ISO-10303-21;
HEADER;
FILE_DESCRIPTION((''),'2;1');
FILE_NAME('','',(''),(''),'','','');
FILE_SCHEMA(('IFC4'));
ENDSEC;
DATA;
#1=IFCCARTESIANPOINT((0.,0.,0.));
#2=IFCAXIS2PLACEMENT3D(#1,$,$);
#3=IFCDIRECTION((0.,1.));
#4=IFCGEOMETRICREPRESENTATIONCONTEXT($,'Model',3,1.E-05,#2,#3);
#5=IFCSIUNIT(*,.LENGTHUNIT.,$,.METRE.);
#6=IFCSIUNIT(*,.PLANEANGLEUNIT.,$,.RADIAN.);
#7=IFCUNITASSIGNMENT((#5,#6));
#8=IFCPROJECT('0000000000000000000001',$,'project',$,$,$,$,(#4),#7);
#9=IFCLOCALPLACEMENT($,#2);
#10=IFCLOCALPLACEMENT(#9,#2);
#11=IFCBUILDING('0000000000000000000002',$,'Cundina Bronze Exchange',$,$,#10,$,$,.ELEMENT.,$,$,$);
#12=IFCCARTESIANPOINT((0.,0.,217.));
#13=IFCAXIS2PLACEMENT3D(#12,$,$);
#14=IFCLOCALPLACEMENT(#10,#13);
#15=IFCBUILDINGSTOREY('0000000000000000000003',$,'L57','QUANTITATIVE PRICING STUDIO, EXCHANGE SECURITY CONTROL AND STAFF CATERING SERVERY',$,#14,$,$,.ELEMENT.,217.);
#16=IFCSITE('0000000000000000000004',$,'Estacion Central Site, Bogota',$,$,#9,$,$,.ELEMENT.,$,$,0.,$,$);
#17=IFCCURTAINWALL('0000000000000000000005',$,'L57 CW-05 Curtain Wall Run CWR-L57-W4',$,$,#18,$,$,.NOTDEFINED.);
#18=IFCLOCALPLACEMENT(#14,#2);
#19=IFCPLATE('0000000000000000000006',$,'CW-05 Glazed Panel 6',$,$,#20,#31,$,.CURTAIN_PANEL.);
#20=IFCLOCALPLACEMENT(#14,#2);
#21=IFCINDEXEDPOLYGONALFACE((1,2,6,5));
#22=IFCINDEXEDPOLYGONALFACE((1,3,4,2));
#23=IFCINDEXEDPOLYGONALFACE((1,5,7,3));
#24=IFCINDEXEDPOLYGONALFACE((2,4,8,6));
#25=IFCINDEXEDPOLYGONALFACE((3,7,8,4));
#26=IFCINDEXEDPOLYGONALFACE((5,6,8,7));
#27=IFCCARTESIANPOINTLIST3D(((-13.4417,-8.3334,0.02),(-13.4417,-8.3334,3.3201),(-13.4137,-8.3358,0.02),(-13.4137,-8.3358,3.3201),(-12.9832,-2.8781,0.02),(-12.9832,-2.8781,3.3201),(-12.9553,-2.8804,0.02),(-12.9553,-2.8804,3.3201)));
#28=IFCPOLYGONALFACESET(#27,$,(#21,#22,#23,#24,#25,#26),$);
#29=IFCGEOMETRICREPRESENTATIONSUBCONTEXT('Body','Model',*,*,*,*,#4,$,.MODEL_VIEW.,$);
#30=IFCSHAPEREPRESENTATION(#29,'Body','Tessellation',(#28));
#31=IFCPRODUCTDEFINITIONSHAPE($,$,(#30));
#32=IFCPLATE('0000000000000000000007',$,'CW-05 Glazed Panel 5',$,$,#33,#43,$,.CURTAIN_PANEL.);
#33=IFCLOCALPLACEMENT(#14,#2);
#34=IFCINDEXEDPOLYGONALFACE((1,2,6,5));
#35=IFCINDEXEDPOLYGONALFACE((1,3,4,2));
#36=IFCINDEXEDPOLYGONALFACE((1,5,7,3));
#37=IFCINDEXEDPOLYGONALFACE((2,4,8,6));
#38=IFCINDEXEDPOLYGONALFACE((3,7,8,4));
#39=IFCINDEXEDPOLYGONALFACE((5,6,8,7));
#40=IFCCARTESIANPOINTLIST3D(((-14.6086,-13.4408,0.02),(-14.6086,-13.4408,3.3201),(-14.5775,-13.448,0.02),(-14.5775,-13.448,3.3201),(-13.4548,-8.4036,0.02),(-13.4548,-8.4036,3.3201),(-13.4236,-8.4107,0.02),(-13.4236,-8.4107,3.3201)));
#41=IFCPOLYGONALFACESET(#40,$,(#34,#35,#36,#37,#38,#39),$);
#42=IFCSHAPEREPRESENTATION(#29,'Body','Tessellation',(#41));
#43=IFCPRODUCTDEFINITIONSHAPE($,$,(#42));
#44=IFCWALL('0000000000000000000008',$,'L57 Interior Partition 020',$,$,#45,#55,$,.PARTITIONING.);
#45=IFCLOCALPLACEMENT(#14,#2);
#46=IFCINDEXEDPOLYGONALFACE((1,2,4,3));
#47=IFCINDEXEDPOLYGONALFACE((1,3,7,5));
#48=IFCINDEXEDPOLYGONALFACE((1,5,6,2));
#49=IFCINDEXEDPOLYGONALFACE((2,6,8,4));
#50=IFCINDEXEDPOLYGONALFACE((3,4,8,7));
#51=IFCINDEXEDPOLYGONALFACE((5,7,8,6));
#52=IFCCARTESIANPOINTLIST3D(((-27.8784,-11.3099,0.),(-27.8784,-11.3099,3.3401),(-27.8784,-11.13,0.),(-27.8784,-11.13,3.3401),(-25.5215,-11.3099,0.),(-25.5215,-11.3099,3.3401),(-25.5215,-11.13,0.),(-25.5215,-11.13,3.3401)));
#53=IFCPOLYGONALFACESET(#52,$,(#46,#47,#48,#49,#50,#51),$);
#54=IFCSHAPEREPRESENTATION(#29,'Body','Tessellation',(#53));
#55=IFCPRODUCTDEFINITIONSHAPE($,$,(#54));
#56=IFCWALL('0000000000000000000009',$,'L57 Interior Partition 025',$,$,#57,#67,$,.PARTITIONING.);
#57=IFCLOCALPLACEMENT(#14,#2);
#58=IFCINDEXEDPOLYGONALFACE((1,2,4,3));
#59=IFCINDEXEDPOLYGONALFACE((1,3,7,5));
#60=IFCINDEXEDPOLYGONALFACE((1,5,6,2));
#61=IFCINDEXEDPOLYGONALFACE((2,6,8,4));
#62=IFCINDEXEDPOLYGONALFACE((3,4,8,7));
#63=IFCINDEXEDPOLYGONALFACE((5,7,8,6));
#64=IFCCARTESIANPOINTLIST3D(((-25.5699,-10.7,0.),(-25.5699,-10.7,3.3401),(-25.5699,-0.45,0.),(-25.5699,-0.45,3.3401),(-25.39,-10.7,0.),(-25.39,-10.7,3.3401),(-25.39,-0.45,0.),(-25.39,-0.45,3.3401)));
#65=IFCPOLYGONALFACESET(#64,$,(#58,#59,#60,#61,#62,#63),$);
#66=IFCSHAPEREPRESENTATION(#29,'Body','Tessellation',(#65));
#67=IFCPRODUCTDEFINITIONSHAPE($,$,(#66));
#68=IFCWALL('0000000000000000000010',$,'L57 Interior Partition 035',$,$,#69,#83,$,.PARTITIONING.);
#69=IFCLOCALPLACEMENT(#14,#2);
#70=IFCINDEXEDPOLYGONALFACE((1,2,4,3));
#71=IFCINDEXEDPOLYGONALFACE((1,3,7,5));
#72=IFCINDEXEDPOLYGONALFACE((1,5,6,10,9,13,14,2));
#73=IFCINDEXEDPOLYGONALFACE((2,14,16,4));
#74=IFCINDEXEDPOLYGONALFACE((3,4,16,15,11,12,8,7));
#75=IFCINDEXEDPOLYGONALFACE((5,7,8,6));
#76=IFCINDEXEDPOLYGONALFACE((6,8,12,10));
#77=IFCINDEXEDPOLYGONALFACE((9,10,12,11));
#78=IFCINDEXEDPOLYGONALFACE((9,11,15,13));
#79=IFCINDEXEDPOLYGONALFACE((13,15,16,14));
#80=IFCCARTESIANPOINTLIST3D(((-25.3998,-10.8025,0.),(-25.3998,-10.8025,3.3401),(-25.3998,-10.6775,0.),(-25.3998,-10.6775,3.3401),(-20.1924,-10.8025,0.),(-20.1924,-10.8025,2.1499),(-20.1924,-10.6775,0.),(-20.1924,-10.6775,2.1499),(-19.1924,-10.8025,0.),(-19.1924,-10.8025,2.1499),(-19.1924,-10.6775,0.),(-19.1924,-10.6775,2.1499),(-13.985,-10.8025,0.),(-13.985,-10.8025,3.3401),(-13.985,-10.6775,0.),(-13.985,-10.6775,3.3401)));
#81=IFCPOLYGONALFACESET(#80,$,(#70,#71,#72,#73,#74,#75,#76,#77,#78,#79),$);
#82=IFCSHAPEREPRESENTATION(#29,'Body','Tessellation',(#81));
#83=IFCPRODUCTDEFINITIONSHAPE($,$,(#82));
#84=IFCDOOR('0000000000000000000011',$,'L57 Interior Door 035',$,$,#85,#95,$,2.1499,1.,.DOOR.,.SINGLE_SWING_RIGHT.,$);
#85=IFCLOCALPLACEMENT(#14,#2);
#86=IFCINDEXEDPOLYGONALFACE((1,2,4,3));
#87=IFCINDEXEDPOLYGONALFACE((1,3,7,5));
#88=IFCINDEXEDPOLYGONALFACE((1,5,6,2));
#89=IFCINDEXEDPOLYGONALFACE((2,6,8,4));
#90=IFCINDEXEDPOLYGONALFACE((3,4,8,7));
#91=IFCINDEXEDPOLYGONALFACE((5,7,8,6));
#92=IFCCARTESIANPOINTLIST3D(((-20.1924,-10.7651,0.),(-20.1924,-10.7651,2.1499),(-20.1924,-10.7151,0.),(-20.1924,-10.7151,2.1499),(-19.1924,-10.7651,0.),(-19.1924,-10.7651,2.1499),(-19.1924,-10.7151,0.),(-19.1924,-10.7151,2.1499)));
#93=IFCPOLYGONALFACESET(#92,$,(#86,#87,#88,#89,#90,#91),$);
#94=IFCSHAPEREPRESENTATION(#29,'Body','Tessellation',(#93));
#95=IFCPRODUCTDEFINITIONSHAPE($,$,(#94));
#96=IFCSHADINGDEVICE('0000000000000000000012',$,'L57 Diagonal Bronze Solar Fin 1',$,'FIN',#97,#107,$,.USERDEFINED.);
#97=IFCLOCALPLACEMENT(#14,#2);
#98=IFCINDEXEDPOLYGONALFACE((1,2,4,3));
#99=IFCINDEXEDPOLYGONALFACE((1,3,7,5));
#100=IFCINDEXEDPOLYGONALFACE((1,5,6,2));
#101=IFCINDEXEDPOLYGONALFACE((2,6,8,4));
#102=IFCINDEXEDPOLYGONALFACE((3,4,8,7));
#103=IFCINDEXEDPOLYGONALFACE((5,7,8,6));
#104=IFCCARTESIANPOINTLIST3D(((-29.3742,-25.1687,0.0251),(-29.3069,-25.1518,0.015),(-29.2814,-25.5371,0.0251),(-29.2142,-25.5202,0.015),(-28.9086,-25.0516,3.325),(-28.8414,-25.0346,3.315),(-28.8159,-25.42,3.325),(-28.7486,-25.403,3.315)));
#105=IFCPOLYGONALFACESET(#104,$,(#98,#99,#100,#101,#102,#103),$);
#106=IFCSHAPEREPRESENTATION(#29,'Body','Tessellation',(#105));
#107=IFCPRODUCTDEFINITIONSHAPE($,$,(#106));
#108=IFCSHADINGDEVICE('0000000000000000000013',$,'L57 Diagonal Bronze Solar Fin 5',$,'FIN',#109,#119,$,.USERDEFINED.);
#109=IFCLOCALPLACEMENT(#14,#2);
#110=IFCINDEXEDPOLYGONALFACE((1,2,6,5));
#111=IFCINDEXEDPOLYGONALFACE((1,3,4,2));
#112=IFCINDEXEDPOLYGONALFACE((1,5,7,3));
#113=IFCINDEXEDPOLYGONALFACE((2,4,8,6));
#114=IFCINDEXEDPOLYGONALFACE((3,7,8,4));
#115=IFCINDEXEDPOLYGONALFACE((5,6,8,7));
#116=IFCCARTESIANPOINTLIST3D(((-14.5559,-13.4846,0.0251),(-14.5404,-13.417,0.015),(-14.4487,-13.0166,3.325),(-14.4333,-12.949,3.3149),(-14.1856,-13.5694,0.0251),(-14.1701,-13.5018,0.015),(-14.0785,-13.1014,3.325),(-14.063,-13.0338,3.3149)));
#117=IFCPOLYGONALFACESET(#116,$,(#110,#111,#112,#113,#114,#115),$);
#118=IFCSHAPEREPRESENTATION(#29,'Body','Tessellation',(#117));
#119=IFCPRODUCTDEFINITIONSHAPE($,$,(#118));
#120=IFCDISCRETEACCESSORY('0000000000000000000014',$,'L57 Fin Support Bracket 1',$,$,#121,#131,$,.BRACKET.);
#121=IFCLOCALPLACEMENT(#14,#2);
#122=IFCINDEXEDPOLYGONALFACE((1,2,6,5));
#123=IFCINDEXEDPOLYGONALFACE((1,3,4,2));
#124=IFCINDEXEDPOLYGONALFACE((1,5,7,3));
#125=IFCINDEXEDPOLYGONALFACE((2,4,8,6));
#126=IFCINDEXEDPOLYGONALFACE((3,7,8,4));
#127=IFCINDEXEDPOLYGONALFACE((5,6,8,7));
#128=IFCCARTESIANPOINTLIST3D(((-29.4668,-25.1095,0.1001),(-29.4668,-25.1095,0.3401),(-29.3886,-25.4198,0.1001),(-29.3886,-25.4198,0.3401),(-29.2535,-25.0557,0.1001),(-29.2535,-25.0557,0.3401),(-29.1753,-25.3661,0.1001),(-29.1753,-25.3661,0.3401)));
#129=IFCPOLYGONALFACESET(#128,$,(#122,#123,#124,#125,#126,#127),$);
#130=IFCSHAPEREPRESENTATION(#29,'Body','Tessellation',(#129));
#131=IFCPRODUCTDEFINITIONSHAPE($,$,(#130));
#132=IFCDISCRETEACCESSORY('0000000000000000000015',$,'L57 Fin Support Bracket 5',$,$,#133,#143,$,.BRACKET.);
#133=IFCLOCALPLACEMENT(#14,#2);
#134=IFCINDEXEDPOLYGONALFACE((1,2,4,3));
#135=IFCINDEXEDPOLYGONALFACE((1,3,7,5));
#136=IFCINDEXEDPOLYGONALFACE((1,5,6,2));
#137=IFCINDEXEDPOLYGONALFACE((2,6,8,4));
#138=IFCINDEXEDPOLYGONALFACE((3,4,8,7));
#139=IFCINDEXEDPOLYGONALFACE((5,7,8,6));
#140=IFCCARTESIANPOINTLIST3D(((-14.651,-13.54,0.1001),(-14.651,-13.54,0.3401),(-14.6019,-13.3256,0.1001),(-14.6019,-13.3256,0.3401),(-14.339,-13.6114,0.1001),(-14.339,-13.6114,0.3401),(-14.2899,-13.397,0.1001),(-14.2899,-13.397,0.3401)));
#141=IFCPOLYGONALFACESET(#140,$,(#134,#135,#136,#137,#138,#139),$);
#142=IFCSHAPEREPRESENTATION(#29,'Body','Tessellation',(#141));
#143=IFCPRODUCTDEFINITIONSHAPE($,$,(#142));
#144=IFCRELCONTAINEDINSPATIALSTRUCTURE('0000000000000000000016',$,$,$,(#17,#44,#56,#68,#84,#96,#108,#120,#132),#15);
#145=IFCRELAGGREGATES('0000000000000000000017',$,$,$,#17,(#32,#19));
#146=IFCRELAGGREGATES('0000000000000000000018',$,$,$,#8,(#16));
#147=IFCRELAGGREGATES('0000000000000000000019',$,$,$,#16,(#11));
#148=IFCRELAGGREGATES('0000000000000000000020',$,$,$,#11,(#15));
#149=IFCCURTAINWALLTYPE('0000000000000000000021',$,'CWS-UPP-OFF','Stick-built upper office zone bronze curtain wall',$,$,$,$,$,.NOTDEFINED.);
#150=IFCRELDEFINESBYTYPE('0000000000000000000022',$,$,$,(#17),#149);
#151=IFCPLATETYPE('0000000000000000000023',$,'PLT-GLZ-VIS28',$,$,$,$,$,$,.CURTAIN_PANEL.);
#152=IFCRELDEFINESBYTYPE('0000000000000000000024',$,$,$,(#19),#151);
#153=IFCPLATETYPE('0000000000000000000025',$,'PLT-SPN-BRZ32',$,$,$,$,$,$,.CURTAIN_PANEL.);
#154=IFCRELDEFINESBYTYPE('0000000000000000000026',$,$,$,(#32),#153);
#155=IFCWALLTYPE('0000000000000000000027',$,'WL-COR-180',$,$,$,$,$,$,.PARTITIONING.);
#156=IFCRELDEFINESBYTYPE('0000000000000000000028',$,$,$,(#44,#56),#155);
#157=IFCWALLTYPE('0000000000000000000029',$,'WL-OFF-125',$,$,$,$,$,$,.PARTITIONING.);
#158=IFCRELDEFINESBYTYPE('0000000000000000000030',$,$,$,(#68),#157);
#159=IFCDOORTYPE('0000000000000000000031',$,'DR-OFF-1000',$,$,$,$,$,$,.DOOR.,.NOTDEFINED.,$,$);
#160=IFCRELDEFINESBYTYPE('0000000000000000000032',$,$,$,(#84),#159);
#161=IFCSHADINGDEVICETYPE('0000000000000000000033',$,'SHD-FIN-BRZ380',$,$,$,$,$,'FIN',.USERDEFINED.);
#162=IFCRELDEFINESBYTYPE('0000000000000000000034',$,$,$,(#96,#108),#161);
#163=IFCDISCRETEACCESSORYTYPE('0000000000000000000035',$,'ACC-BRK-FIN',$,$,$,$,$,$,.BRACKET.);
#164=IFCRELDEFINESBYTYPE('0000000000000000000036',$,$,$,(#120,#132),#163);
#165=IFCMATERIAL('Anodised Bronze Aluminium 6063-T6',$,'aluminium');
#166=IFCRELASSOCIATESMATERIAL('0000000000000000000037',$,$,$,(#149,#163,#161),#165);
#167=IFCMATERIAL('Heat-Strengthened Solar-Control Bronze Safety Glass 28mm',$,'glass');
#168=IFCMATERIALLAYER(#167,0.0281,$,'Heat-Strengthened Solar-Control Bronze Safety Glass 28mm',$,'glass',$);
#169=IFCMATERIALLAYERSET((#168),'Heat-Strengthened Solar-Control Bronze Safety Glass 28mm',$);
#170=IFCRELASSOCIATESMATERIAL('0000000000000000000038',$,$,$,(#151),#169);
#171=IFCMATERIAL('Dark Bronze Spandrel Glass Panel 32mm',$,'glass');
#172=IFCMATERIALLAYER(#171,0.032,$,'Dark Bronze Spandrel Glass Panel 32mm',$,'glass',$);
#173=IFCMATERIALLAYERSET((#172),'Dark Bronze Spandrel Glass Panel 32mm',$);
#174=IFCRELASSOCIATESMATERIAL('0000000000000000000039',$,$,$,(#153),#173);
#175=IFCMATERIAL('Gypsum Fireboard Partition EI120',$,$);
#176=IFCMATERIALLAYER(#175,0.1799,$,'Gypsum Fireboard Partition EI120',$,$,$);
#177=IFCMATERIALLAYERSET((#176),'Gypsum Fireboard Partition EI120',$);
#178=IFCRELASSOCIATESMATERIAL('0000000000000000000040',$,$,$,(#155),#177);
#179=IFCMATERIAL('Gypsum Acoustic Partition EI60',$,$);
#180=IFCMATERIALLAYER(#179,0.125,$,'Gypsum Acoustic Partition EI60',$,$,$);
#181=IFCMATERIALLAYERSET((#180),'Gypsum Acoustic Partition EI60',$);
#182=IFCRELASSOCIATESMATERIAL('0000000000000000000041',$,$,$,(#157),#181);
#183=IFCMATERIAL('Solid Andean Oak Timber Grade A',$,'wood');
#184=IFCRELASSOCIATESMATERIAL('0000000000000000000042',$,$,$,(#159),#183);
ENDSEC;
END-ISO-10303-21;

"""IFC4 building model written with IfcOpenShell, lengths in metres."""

from ifc_helpers import new_model, si_unit, direction, frame, frame_2d, origin, origin_2d, place, context, subcontext, project, spatial, rectangle, extrude, material, layer, layer_set, material_profile, profile_set, type_object, element, fill, aggregate, save


model = new_model("IFC4")

# Units and contexts
model_context = context("Model", 3, precision=1e-05, world=origin(), true_north=direction((0.0, 1.0)))
body_context = subcontext(model_context, "Body", "Model", "MODEL_VIEW")
ifc_project = project(units=[si_unit("LENGTHUNIT", "METRE"), si_unit("PLANEANGLEUNIT", "RADIAN")], contexts=[model_context])

# Site, building, storey
site_placement = place(None, origin())
site = spatial("IfcSite", under=ifc_project, at=site_placement, Name="Estacion Central Site, Bogota", CompositionType="ELEMENT", RefElevation=0.0)
building_placement = place(site_placement, origin())
building = spatial("IfcBuilding", under=site, at=building_placement, Name="Cundina Bronze Exchange", CompositionType="ELEMENT")
storey_placement = place(building_placement, frame((0.0, 0.0, 217.0)))
storey = spatial("IfcBuildingStorey", under=building, at=storey_placement, Name="L57", Description="QUANTITATIVE PRICING STUDIO, EXCHANGE SECURITY CONTROL AND STAFF CATERING SERVERY", CompositionType="ELEMENT", Elevation=217.0)

# Shared definitions
ifc_material_1 = material(Name="Anodised Bronze Aluminium 6063-T6", Category="aluminium")
curtain_wall_type = type_object("IfcCurtainWallType", Name="CWS-UPP-OFF", Description="Stick-built upper office zone bronze curtain wall", PredefinedType="NOTDEFINED", material=ifc_material_1)

# Curtain wall, plates
curtain_wall_1_placement = place(storey_placement, origin())
curtain_wall_1 = element("IfcCurtainWall", 1, at=curtain_wall_1_placement, inside=storey, type_object=curtain_wall_type, Name="L57 CW-05 Curtain Wall Run CWR-L57-W4", PredefinedType="NOTDEFINED")
ifc_material_2 = material(Name="Heat-Strengthened Solar-Control Bronze Safety Glass 28mm", Category="glass")
ifc_layer_1 = layer(ifc_material_2, 0.0281, Name="Heat-Strengthened Solar-Control Bronze Safety Glass 28mm", Category="glass")
ifc_layer_set_1 = layer_set([ifc_layer_1], Name="Heat-Strengthened Solar-Control Bronze Safety Glass 28mm")
plate_type_1 = type_object("IfcPlateType", Name="PLT-GLZ-VIS28", PredefinedType="CURTAIN_PANEL", material=ifc_layer_set_1)
plate_1_placement = place(storey_placement, frame((-13.1985, -5.6069, 0.02), z_axis=(0.0, 0.0, 1.0), x_axis=(0.083747, 0.996487, 0.0)))
plate_1 = element("IfcPlate", 2, at=plate_1_placement, type_object=plate_type_1, Name="CW-05 Glazed Panel 6", PredefinedType="CURTAIN_PANEL", context=body_context, shape_type="SweptSolid", body=[
    extrude(rectangle(XDim=5.4746, YDim=0.0281, at=origin_2d()), origin(), (0.0, 0.0, 1.0), 3.3),
])
ifc_material_3 = material(Name="Dark Bronze Spandrel Glass Panel 32mm", Category="glass")
ifc_layer_2 = layer(ifc_material_3, 0.032, Name="Dark Bronze Spandrel Glass Panel 32mm", Category="glass")
ifc_layer_set_2 = layer_set([ifc_layer_2], Name="Dark Bronze Spandrel Glass Panel 32mm")
plate_type_2 = type_object("IfcPlateType", Name="PLT-SPN-BRZ32", PredefinedType="CURTAIN_PANEL", material=ifc_layer_set_2)
plate_2_placement = place(storey_placement, frame((-14.0161, -10.9258, 0.02), z_axis=(0.0, 0.0, 1.0), x_axis=(0.223284, 0.974753, 0.0)))
plate_2 = element("IfcPlate", 3, at=plate_2_placement, type_object=plate_type_2, Name="CW-05 Glazed Panel 5", PredefinedType="CURTAIN_PANEL", context=body_context, shape_type="SweptSolid", body=[
    extrude(rectangle(XDim=5.1677, YDim=0.032, at=origin_2d()), origin(), (0.0, 0.0, 1.0), 3.3),
])
aggregate(curtain_wall_1, [plate_2, plate_1])

# Walls
ifc_material_4 = material(Name="Gypsum Fireboard Partition EI120")
ifc_layer_3 = layer(ifc_material_4, 0.1799, Name="Gypsum Fireboard Partition EI120")
ifc_layer_set_3 = layer_set([ifc_layer_3], Name="Gypsum Fireboard Partition EI120")
wall_type_1 = type_object("IfcWallType", Name="WL-COR-180", PredefinedType="PARTITIONING", material=ifc_layer_set_3)
wall_1_placement = place(storey_placement, frame((-27.8784, -11.22, 0.0), z_axis=(0.0, 0.0, 1.0), x_axis=(1.0, 0.0, 0.0)))
element("IfcWall", 4, at=wall_1_placement, inside=storey, type_object=wall_type_1, Name="L57 Interior Partition 020", PredefinedType="PARTITIONING", context=body_context, shape_type="SweptSolid", body=[
    extrude(rectangle(XDim=2.3569, YDim=0.1799, at=frame_2d((1.1785, 0.0))), origin(), (0.0, 0.0, 1.0), 3.3401),
])
wall_2_placement = place(storey_placement, frame((-25.48, -10.7, 0.0), z_axis=(0.0, 0.0, 1.0), x_axis=(0.0, 1.0, 0.0)))
element("IfcWall", 5, at=wall_2_placement, inside=storey, type_object=wall_type_1, Name="L57 Interior Partition 025", PredefinedType="PARTITIONING", context=body_context, shape_type="SweptSolid", body=[
    extrude(rectangle(XDim=10.25, YDim=0.1799, at=frame_2d((5.125, 0.0))), origin(), (0.0, 0.0, 1.0), 3.3401),
])

# Wall, opening, door
ifc_material_5 = material(Name="Gypsum Acoustic Partition EI60")
ifc_layer_4 = layer(ifc_material_5, 0.125, Name="Gypsum Acoustic Partition EI60")
ifc_layer_set_4 = layer_set([ifc_layer_4], Name="Gypsum Acoustic Partition EI60")
wall_type_2 = type_object("IfcWallType", Name="WL-OFF-125", PredefinedType="PARTITIONING", material=ifc_layer_set_4)
wall_3_placement = place(storey_placement, frame((-25.3999, -10.74, 0.0), z_axis=(0.0, 0.0, 1.0), x_axis=(1.0, 0.0, 0.0)))
wall_3 = element("IfcWall", 6, at=wall_3_placement, inside=storey, type_object=wall_type_2, Name="L57 Interior Partition 035", PredefinedType="PARTITIONING", context=body_context, shape_type="SweptSolid", body=[
    extrude(rectangle(XDim=11.4148, YDim=0.125, at=frame_2d((5.7075, 0.0))), origin(), (0.0, 0.0, 1.0), 3.3401),
])
opening_placement = place(wall_3_placement, frame((5.2075, 0.0, 0.0)))
opening = element("IfcOpeningElement", 7, at=opening_placement, cuts=wall_3, PredefinedType="OPENING", context=body_context, shape_type="SweptSolid", body=[
    extrude(rectangle(XDim=1.0, YDim=2.1499, at=frame_2d((0.5, 1.075))), frame((0.0, 0.0725, 0.0), z_axis=(0.0, -1.0, 0.0), x_axis=(1.0, 0.0, 0.0)), (0.0, 0.0, 1.0), 0.145),
])
ifc_material_6 = material(Name="Solid Andean Oak Timber Grade A", Category="wood")
door_type = type_object("IfcDoorType", Name="DR-OFF-1000", OperationType="NOTDEFINED", PredefinedType="DOOR", material=ifc_material_6)
door_placement = place(opening_placement, origin())
door = element("IfcDoor", 8, at=door_placement, inside=storey, type_object=door_type, Name="L57 Interior Door 035", OperationType="SINGLE_SWING_RIGHT", OverallHeight=2.1499, OverallWidth=1.0, PredefinedType="DOOR", context=body_context, shape_type="SweptSolid", body=[
    extrude(rectangle(XDim=1.0, YDim=2.1499, at=frame_2d((0.5, 1.075))), frame((0.0, 0.0249, 0.0), z_axis=(0.0, -1.0, 0.0), x_axis=(1.0, 0.0, 0.0)), (0.0, 0.0, 1.0), 0.05),
])
fill(opening, door)

# Shading devices
ifc_material_profile_1 = material_profile(ifc_material_1, rectangle(XDim=0.0701, YDim=0.3799, at=origin_2d()), Name="FIN70X380", Category="aluminium")
ifc_profile_set_1 = profile_set([ifc_material_profile_1], Name="Anodised Bronze Aluminium 6063-T6")
shading_device_type = type_object("IfcShadingDeviceType", Name="SHD-FIN-BRZ380", ElementType="FIN", PredefinedType="USERDEFINED", material=ifc_profile_set_1)
for number, where, z_axis, x_axis, name in (
    (9, (-29.2942, -25.3445, 0.02), (0.139612, 0.035141, 0.989583), (-0.95965, -0.241548, 0.143967), "L57 Diagonal Bronze Solar Fin 1"),
    (10, (-14.363, -13.4932, 0.02), (0.032139, 0.140344, 0.989581), (-0.220899, -0.964611, 0.143977), "L57 Diagonal Bronze Solar Fin 5"),
):
    element("IfcShadingDevice", number, at=place(storey_placement, frame(where, z_axis=z_axis, x_axis=x_axis)), inside=storey, type_object=shading_device_type, Name=name, ObjectType="FIN", PredefinedType="USERDEFINED", context=body_context, shape_type="SweptSolid", body=[
        extrude(rectangle(XDim=0.0701, YDim=0.3799, at=origin_2d()), origin(), (0.0, 0.0, 1.0), 3.3347),
    ])

# Discrete accessories
discrete_accessory_type = type_object("IfcDiscreteAccessoryType", Name="ACC-BRK-FIN", PredefinedType="BRACKET", material=ifc_material_1)
for number, where, z_axis, x_axis, name in (
    (11, (-29.321, -25.2378, 0.1001), (0.0, 0.0, 1.0), (0.969732, 0.244174, 0.0), "L57 Fin Support Bracket 1"),
    (12, (-14.4705, -13.4685, 0.1001), (0.0, 0.0, 1.0), (0.223284, 0.974753, 0.0), "L57 Fin Support Bracket 5"),
):
    element("IfcDiscreteAccessory", number, at=place(storey_placement, frame(where, z_axis=z_axis, x_axis=x_axis)), inside=storey, type_object=discrete_accessory_type, Name=name, PredefinedType="BRACKET", context=body_context, shape_type="SweptSolid", body=[
        extrude(rectangle(XDim=0.22, YDim=0.3201, at=origin_2d()), origin(), (0.0, 0.0, 1.0), 0.24),
    ])

save(model, "model.ifc")
